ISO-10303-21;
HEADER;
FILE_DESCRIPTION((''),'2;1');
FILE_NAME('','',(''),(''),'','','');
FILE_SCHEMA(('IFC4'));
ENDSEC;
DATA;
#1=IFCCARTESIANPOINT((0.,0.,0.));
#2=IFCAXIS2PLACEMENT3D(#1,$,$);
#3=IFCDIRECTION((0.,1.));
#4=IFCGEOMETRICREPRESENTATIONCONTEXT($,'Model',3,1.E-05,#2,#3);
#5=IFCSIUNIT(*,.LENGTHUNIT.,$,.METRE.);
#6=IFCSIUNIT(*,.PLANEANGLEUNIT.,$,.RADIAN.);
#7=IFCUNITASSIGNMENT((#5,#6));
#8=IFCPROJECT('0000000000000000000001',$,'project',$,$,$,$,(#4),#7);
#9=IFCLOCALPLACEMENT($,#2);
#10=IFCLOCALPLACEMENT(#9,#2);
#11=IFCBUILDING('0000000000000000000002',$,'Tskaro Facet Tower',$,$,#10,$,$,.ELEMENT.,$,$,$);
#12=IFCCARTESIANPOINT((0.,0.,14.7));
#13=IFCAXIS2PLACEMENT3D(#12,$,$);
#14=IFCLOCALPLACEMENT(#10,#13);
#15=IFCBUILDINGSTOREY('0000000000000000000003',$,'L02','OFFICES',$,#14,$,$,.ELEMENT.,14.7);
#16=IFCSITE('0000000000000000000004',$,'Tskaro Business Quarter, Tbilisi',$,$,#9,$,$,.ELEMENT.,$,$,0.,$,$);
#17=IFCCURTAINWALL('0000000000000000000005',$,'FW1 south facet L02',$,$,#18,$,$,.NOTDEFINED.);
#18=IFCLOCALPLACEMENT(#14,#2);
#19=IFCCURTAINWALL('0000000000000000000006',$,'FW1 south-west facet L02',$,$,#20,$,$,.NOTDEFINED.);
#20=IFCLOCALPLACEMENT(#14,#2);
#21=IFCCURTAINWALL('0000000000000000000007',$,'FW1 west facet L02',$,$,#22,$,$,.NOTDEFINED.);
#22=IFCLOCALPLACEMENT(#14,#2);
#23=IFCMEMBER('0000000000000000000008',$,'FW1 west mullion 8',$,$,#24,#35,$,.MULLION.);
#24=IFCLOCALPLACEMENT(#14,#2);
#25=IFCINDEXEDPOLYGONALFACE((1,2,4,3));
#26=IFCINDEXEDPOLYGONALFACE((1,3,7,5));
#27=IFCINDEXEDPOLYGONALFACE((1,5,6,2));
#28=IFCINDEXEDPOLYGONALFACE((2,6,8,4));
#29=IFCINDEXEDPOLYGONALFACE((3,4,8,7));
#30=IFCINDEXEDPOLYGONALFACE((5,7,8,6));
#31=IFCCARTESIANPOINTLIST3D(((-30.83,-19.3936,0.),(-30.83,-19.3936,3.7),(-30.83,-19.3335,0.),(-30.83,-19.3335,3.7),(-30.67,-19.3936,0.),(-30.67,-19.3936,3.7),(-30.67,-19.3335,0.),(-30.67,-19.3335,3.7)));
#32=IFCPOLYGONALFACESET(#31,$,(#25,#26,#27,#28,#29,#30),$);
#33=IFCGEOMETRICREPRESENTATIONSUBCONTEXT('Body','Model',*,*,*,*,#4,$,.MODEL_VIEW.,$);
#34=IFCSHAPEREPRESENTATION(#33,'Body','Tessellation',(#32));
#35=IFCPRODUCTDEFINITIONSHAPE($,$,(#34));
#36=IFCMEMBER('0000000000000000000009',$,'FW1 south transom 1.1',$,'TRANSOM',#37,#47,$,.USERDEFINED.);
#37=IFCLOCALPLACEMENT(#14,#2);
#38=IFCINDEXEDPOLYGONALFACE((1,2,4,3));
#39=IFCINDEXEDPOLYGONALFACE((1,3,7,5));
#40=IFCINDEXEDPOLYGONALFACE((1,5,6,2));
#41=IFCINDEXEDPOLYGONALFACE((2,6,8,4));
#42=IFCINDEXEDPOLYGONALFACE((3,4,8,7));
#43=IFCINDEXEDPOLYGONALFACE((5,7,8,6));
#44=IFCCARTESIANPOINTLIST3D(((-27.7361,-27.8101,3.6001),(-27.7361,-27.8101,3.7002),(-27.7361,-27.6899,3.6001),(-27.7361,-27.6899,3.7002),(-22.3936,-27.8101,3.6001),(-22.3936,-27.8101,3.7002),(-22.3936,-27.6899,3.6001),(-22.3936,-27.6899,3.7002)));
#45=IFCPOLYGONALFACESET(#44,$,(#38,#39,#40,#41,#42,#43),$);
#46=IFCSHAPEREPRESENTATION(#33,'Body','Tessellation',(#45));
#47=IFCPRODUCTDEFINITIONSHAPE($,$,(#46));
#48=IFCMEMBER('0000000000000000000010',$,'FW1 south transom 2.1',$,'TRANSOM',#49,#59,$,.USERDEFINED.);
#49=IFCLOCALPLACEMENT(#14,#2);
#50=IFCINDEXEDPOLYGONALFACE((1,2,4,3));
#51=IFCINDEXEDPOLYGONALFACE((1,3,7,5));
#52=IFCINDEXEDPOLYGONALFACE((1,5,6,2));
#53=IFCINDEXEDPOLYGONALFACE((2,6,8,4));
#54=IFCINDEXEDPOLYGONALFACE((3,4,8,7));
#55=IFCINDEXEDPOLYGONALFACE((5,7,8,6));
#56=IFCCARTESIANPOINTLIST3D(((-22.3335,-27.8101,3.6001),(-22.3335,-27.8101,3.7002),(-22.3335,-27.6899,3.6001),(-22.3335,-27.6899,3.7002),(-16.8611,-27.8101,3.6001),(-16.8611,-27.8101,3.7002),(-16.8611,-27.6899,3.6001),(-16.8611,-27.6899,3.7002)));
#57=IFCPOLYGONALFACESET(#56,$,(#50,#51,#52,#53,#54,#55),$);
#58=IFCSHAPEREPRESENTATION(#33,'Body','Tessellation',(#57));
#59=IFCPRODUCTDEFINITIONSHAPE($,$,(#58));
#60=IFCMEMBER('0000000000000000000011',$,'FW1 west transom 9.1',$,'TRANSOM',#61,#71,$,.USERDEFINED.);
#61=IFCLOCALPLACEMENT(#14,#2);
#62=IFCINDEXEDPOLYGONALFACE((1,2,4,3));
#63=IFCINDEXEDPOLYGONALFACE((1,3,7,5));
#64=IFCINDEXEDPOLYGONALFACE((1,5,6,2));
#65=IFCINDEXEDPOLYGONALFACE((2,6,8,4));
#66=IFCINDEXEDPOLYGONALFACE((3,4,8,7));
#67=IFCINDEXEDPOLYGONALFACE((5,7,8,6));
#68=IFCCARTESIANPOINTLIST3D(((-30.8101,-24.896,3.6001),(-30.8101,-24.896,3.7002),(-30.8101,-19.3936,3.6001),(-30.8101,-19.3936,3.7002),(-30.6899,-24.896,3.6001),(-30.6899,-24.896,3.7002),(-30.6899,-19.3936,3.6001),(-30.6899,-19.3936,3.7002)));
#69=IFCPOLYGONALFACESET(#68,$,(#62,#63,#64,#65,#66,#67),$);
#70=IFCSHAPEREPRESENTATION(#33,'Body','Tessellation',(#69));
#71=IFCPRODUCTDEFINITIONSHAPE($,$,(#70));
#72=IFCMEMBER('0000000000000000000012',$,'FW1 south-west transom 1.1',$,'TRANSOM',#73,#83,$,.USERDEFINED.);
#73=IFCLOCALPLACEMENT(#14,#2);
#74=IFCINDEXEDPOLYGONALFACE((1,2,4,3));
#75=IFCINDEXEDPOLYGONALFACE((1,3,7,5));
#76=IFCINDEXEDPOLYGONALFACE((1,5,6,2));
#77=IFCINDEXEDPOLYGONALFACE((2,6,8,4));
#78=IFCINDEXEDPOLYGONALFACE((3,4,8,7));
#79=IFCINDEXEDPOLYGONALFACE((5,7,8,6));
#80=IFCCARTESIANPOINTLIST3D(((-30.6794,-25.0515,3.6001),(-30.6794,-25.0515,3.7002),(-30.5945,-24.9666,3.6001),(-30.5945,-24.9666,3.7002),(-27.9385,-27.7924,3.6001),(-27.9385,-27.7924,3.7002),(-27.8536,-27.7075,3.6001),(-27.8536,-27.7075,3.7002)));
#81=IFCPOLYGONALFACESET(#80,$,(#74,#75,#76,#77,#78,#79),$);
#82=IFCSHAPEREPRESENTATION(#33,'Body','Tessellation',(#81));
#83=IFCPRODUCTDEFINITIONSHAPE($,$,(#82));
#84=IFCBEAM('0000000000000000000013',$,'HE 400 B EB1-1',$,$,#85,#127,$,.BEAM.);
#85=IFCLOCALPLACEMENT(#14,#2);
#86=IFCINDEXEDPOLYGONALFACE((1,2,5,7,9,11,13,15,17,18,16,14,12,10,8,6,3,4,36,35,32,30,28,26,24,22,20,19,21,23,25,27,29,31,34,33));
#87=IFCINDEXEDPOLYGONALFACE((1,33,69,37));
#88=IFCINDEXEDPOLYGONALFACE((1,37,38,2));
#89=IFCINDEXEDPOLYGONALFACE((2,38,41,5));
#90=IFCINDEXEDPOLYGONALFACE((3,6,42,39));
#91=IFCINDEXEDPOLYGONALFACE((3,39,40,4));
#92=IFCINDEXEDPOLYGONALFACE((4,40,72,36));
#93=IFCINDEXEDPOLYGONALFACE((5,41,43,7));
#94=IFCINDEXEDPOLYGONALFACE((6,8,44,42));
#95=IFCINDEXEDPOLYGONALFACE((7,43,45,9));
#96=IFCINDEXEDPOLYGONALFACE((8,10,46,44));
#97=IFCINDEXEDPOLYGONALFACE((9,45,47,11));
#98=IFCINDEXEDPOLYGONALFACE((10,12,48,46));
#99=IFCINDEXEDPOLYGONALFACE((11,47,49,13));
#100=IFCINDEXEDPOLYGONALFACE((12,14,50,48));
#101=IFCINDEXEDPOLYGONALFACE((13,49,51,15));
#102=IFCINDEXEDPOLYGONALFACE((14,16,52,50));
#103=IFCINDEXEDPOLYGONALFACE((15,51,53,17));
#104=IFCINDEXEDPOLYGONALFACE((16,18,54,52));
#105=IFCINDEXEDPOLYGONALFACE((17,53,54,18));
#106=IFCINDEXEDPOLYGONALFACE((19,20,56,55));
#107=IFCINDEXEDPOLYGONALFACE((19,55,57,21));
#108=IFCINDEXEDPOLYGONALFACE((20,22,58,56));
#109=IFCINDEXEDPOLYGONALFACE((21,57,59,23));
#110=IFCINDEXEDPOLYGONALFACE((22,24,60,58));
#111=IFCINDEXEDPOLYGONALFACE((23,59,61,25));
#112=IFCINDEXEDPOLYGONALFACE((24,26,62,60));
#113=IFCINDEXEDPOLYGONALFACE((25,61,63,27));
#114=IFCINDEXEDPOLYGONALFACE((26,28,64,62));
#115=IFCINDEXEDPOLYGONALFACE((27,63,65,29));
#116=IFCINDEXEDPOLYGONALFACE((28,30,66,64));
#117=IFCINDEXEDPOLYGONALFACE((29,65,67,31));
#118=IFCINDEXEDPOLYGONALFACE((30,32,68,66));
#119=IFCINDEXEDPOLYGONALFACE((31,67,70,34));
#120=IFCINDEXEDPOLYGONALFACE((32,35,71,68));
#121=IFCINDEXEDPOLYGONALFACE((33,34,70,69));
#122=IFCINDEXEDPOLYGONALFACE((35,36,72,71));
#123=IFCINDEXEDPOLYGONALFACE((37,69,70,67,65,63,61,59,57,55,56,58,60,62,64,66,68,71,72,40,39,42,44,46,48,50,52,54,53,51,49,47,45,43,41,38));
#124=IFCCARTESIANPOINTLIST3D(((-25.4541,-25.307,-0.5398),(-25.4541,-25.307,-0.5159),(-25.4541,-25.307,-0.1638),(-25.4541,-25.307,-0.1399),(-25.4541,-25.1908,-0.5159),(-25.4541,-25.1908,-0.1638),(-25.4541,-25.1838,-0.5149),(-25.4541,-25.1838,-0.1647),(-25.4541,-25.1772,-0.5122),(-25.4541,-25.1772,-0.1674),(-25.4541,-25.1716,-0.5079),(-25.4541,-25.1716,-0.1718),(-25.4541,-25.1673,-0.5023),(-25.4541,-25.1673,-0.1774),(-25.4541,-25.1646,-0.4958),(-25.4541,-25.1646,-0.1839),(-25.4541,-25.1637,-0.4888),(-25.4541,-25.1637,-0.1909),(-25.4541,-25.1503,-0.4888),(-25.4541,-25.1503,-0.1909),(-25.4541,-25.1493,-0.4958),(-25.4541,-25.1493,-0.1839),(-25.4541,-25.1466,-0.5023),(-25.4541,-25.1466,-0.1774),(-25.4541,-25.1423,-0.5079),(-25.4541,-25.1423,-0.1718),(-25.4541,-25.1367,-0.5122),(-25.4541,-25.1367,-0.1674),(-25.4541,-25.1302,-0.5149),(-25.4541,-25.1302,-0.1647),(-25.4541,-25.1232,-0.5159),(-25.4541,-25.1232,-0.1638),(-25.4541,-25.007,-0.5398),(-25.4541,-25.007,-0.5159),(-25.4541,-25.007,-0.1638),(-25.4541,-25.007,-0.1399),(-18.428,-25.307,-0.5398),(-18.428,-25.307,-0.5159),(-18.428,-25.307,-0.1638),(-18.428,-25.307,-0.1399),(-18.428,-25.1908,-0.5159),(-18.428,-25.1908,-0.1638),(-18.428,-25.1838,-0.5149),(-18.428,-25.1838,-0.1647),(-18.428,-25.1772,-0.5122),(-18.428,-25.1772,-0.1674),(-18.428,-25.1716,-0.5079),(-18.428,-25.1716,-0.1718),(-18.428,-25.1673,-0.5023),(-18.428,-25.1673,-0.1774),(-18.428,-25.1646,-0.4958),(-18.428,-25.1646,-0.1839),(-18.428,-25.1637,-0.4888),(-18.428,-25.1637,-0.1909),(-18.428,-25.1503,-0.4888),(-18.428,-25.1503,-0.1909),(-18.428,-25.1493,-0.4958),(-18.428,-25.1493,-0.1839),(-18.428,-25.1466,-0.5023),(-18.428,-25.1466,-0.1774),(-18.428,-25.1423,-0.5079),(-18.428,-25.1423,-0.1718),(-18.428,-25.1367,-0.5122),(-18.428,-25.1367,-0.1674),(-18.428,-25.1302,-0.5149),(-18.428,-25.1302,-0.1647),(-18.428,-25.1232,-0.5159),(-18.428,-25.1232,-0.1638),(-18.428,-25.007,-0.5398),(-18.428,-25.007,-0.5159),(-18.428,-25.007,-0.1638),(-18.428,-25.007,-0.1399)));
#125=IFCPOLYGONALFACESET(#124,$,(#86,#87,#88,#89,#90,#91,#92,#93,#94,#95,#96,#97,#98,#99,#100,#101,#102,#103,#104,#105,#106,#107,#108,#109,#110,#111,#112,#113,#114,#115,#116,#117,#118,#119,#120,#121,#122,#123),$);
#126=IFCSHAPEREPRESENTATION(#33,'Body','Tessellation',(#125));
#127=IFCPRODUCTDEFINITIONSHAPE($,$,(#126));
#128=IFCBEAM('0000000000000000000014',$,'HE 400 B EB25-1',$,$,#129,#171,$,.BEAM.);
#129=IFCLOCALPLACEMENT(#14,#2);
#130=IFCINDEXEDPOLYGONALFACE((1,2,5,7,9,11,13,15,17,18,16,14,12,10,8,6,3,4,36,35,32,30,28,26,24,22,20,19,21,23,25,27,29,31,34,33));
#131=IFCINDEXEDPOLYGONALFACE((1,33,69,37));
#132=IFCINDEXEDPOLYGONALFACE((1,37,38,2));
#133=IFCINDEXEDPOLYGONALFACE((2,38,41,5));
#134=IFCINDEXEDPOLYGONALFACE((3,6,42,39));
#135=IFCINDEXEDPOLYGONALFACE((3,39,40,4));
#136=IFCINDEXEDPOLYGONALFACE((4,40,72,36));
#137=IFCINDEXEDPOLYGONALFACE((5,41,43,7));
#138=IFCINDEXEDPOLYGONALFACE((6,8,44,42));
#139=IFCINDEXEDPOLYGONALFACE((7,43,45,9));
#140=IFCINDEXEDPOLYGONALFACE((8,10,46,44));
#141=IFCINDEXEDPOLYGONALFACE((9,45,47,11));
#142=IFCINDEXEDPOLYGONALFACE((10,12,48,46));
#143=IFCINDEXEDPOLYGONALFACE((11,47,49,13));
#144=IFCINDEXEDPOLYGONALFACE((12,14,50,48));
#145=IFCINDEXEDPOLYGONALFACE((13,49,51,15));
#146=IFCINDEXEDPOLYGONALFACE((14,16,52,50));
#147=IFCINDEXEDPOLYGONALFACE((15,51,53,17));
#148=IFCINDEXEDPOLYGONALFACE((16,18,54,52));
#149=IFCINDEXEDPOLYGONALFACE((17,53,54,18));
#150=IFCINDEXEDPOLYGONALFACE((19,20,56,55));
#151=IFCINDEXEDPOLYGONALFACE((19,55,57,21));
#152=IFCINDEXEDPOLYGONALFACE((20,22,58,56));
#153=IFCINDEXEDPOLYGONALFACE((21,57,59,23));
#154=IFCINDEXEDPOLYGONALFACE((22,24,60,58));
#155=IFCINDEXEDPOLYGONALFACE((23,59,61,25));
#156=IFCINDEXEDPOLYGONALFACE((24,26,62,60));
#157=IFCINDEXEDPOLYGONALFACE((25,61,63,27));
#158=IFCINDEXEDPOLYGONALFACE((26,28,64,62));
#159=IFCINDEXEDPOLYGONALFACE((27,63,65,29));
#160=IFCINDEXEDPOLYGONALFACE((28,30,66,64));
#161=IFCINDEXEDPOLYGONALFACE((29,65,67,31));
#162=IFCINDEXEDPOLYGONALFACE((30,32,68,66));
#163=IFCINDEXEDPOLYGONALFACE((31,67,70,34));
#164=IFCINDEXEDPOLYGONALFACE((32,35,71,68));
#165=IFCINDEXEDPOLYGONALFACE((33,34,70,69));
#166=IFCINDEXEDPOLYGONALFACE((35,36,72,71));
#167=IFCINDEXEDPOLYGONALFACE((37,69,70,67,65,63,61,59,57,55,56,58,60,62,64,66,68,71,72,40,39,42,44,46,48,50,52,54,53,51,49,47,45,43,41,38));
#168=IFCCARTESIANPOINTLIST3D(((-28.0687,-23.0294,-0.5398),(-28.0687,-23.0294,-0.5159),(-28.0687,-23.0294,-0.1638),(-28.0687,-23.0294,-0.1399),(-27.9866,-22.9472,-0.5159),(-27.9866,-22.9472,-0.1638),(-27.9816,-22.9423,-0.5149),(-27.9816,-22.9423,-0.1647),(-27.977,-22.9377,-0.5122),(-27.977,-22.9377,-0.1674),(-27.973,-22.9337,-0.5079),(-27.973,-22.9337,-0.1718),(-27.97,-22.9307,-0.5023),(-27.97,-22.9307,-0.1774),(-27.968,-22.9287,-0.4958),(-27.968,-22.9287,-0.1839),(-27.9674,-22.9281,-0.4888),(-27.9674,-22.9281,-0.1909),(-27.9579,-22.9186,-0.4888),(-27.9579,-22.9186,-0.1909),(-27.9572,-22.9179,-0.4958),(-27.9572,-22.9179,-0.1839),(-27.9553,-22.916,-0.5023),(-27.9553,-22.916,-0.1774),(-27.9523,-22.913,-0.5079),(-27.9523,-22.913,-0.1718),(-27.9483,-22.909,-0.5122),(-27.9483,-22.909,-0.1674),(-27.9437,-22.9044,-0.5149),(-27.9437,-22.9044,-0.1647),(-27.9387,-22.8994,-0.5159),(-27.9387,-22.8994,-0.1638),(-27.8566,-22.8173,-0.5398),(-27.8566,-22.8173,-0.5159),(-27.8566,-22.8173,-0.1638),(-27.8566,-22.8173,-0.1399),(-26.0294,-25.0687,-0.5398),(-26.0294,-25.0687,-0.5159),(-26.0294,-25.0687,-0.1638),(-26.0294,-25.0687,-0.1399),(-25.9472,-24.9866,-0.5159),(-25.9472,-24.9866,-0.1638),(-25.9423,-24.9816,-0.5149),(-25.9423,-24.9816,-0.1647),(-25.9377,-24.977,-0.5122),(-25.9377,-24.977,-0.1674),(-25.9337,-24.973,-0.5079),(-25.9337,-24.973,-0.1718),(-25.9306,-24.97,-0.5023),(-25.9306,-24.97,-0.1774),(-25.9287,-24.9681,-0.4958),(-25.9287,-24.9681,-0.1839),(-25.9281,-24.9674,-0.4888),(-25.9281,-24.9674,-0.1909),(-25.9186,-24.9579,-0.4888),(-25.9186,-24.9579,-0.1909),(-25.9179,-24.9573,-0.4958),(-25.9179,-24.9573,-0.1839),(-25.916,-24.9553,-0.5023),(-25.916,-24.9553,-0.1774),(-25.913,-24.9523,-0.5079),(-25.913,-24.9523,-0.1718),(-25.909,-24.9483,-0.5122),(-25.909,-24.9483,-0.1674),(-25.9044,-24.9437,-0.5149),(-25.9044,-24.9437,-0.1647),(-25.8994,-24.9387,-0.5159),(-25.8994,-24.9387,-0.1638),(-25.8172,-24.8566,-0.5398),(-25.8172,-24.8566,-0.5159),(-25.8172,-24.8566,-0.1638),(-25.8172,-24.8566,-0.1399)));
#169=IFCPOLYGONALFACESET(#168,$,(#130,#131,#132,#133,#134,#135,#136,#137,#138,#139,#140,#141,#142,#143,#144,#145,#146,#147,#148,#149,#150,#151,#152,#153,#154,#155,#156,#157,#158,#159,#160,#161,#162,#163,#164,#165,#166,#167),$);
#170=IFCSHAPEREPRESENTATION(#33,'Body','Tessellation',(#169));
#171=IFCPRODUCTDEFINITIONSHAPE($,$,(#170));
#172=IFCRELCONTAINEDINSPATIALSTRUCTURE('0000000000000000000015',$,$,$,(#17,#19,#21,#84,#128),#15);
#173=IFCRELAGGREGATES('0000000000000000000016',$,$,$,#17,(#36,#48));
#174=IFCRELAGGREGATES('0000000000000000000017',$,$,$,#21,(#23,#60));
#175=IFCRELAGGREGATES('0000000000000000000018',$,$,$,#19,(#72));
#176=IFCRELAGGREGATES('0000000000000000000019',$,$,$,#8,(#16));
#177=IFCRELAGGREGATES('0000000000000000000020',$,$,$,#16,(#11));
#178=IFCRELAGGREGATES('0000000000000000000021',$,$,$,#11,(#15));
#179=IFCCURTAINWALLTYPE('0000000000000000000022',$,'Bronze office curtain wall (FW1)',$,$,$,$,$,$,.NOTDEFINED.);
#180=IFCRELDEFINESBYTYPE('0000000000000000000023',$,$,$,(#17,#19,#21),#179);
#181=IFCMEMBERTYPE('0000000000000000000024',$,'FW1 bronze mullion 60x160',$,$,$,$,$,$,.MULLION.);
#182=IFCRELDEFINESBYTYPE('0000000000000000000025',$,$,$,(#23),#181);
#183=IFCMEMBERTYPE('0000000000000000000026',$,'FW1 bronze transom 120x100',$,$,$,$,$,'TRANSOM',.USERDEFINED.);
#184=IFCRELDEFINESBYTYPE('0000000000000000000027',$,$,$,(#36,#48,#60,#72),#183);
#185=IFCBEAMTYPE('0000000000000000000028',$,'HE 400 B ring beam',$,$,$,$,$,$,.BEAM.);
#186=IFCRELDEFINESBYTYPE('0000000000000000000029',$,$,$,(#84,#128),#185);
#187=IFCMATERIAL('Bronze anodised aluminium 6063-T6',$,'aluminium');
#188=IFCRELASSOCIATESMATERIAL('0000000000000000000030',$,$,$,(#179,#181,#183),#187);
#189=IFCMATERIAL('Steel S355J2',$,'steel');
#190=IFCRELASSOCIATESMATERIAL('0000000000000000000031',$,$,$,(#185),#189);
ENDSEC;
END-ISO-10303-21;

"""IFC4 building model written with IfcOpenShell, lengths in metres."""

from ifc_helpers import new_model, si_unit, direction, frame, origin, origin_2d, place, context, subcontext, project, spatial, rectangle, i_section, extrude, material, material_profile, profile_set, type_object, element, aggregate, save


model = new_model("IFC4")

# Units and contexts
model_context = context("Model", 3, precision=1e-05, world=origin(), true_north=direction((0.0, 1.0)))
body_context = subcontext(model_context, "Body", "Model", "MODEL_VIEW")
ifc_project = project(units=[si_unit("LENGTHUNIT", "METRE"), si_unit("PLANEANGLEUNIT", "RADIAN")], contexts=[model_context])

# Site, building, storey
site_placement = place(None, origin())
site = spatial("IfcSite", under=ifc_project, at=site_placement, Name="Tskaro Business Quarter, Tbilisi", CompositionType="ELEMENT", RefElevation=0.0)
building_placement = place(site_placement, origin())
building = spatial("IfcBuilding", under=site, at=building_placement, Name="Tskaro Facet Tower", CompositionType="ELEMENT")
storey_placement = place(building_placement, frame((0.0, 0.0, 14.7)))
storey = spatial("IfcBuildingStorey", under=building, at=storey_placement, Name="L02", Description="OFFICES", CompositionType="ELEMENT", Elevation=14.7)

# Curtain walls
ifc_material_1 = material(Name="Bronze anodised aluminium 6063-T6", Category="aluminium")
curtain_wall_type = type_object("IfcCurtainWallType", Name="Bronze office curtain wall (FW1)", PredefinedType="NOTDEFINED", material=ifc_material_1)
curtain_wall_1_placement = place(storey_placement, origin())
curtain_wall_1 = element("IfcCurtainWall", 1, at=curtain_wall_1_placement, inside=storey, type_object=curtain_wall_type, Name="FW1 south facet L02", PredefinedType="NOTDEFINED")
curtain_wall_2_placement = place(storey_placement, origin())
curtain_wall_2 = element("IfcCurtainWall", 2, at=curtain_wall_2_placement, inside=storey, type_object=curtain_wall_type, Name="FW1 south-west facet L02", PredefinedType="NOTDEFINED")

# Shared definitions
ifc_material_profile_1 = material_profile(ifc_material_1, rectangle(XDim=0.0601, YDim=0.1599, at=origin_2d()), Name="Mullion 60x160")
ifc_profile_set_1 = profile_set([ifc_material_profile_1], Name="Bronze anodised aluminium 6063-T6")
member_type_1 = type_object("IfcMemberType", Name="FW1 bronze mullion 60x160", PredefinedType="MULLION", material=ifc_profile_set_1)

# Curtain wall, member
curtain_wall_3_placement = place(storey_placement, origin())
curtain_wall_3 = element("IfcCurtainWall", 3, at=curtain_wall_3_placement, inside=storey, type_object=curtain_wall_type, Name="FW1 west facet L02", PredefinedType="NOTDEFINED")
member_1_placement = place(storey_placement, frame((-30.75, -19.3635, 0.0), z_axis=(0.0, 0.0, 1.0), x_axis=(0.0, -1.0, 0.0)))
member_1 = element("IfcMember", 4, at=member_1_placement, type_object=member_type_1, Name="FW1 west mullion 8", PredefinedType="MULLION", context=body_context, shape_type="SweptSolid", body=[
    extrude(rectangle(XDim=0.0601, YDim=0.1599, at=origin_2d()), origin(), (0.0, 0.0, 1.0), 3.7),
])

# Members
ifc_material_profile_2 = material_profile(ifc_material_1, rectangle(XDim=0.1201, YDim=0.1001, at=origin_2d()), Name="Transom 120x100")
ifc_profile_set_2 = profile_set([ifc_material_profile_2], Name="Bronze anodised aluminium 6063-T6")
member_type_2 = type_object("IfcMemberType", Name="FW1 bronze transom 120x100", ElementType="TRANSOM", PredefinedType="USERDEFINED", material=ifc_profile_set_2)
member_2_placement = place(storey_placement, frame((-27.7361, -27.75, 3.6501), z_axis=(1.0, 0.0, 0.0), x_axis=(0.0, 1.0, 0.0)))
member_2 = element("IfcMember", 5, at=member_2_placement, type_object=member_type_2, Name="FW1 south transom 1.1", ObjectType="TRANSOM", PredefinedType="USERDEFINED", context=body_context, shape_type="SweptSolid", body=[
    extrude(rectangle(XDim=0.1201, YDim=0.1001, at=origin_2d()), origin(), (0.0, 0.0, 1.0), 5.3425),
])
member_3_placement = place(storey_placement, frame((-22.3335, -27.75, 3.6501), z_axis=(1.0, 0.0, 0.0), x_axis=(0.0, 1.0, 0.0)))
member_3 = element("IfcMember", 6, at=member_3_placement, type_object=member_type_2, Name="FW1 south transom 2.1", ObjectType="TRANSOM", PredefinedType="USERDEFINED", context=body_context, shape_type="SweptSolid", body=[
    extrude(rectangle(XDim=0.1201, YDim=0.1001, at=origin_2d()), origin(), (0.0, 0.0, 1.0), 5.4724),
])
member_4_placement = place(storey_placement, frame((-30.75, -19.3936, 3.6501), z_axis=(0.0, -1.0, 0.0), x_axis=(1.0, 0.0, 0.0)))
member_4 = element("IfcMember", 7, at=member_4_placement, type_object=member_type_2, Name="FW1 west transom 9.1", ObjectType="TRANSOM", PredefinedType="USERDEFINED", context=body_context, shape_type="SweptSolid", body=[
    extrude(rectangle(XDim=0.1201, YDim=0.1001, at=origin_2d()), origin(), (0.0, 0.0, 1.0), 5.5024),
])
member_5_placement = place(storey_placement, frame((-30.637, -25.009, 3.6501), z_axis=(0.707107, -0.707107, 0.0), x_axis=(0.707107, 0.707107, 0.0)))
member_5 = element("IfcMember", 8, at=member_5_placement, type_object=member_type_2, Name="FW1 south-west transom 1.1", ObjectType="TRANSOM", PredefinedType="USERDEFINED", context=body_context, shape_type="SweptSolid", body=[
    extrude(rectangle(XDim=0.1201, YDim=0.1001, at=origin_2d()), origin(), (0.0, 0.0, 1.0), 3.8762),
])

# Beams
ifc_material_2 = material(Name="Steel S355J2", Category="steel")
ifc_material_profile_3 = material_profile(ifc_material_2, i_section(OverallWidth=0.3, OverallDepth=0.3999, WebThickness=0.0134, FlangeThickness=0.0239, FilletRadius=0.0271, at=origin_2d()), Name="HE 400 B")
ifc_profile_set_3 = profile_set([ifc_material_profile_3], Name="Steel S355J2")
beam_type_1 = type_object("IfcBeamType", Name="HE 400 B ring beam", PredefinedType="BEAM", material=ifc_profile_set_3)
beam_1_placement = place(storey_placement, frame((-25.4541, -25.157, -0.3398), z_axis=(1.0, 0.0, 0.0), x_axis=(0.0, 1.0, 0.0)))
element("IfcBeam", 9, at=beam_1_placement, inside=storey, type_object=beam_type_1, Name="HE 400 B EB1-1", PredefinedType="BEAM", context=body_context, shape_type="SweptSolid", body=[
    extrude(i_section(OverallWidth=0.3, OverallDepth=0.3999, WebThickness=0.0134, FlangeThickness=0.0239, FilletRadius=0.0271, at=origin_2d()), origin(), (0.0, 0.0, 1.0), 7.0261),
])
beam_2_placement = place(storey_placement, frame((-27.9626, -22.9233, -0.3398), z_axis=(0.707107, -0.707107, 0.0), x_axis=(0.707107, 0.707107, 0.0)))
element("IfcBeam", 10, at=beam_2_placement, inside=storey, type_object=beam_type_1, Name="HE 400 B EB25-1", PredefinedType="BEAM", context=body_context, shape_type="SweptSolid", body=[
    extrude(i_section(OverallWidth=0.3, OverallDepth=0.3999, WebThickness=0.0134, FlangeThickness=0.0239, FilletRadius=0.0271, at=origin_2d()), origin(), (0.0, 0.0, 1.0), 2.884),
])

aggregate(curtain_wall_1, [member_2, member_3])
aggregate(curtain_wall_3, [member_1, member_4])
aggregate(curtain_wall_2, [member_5])

save(model, "model.ifc")
